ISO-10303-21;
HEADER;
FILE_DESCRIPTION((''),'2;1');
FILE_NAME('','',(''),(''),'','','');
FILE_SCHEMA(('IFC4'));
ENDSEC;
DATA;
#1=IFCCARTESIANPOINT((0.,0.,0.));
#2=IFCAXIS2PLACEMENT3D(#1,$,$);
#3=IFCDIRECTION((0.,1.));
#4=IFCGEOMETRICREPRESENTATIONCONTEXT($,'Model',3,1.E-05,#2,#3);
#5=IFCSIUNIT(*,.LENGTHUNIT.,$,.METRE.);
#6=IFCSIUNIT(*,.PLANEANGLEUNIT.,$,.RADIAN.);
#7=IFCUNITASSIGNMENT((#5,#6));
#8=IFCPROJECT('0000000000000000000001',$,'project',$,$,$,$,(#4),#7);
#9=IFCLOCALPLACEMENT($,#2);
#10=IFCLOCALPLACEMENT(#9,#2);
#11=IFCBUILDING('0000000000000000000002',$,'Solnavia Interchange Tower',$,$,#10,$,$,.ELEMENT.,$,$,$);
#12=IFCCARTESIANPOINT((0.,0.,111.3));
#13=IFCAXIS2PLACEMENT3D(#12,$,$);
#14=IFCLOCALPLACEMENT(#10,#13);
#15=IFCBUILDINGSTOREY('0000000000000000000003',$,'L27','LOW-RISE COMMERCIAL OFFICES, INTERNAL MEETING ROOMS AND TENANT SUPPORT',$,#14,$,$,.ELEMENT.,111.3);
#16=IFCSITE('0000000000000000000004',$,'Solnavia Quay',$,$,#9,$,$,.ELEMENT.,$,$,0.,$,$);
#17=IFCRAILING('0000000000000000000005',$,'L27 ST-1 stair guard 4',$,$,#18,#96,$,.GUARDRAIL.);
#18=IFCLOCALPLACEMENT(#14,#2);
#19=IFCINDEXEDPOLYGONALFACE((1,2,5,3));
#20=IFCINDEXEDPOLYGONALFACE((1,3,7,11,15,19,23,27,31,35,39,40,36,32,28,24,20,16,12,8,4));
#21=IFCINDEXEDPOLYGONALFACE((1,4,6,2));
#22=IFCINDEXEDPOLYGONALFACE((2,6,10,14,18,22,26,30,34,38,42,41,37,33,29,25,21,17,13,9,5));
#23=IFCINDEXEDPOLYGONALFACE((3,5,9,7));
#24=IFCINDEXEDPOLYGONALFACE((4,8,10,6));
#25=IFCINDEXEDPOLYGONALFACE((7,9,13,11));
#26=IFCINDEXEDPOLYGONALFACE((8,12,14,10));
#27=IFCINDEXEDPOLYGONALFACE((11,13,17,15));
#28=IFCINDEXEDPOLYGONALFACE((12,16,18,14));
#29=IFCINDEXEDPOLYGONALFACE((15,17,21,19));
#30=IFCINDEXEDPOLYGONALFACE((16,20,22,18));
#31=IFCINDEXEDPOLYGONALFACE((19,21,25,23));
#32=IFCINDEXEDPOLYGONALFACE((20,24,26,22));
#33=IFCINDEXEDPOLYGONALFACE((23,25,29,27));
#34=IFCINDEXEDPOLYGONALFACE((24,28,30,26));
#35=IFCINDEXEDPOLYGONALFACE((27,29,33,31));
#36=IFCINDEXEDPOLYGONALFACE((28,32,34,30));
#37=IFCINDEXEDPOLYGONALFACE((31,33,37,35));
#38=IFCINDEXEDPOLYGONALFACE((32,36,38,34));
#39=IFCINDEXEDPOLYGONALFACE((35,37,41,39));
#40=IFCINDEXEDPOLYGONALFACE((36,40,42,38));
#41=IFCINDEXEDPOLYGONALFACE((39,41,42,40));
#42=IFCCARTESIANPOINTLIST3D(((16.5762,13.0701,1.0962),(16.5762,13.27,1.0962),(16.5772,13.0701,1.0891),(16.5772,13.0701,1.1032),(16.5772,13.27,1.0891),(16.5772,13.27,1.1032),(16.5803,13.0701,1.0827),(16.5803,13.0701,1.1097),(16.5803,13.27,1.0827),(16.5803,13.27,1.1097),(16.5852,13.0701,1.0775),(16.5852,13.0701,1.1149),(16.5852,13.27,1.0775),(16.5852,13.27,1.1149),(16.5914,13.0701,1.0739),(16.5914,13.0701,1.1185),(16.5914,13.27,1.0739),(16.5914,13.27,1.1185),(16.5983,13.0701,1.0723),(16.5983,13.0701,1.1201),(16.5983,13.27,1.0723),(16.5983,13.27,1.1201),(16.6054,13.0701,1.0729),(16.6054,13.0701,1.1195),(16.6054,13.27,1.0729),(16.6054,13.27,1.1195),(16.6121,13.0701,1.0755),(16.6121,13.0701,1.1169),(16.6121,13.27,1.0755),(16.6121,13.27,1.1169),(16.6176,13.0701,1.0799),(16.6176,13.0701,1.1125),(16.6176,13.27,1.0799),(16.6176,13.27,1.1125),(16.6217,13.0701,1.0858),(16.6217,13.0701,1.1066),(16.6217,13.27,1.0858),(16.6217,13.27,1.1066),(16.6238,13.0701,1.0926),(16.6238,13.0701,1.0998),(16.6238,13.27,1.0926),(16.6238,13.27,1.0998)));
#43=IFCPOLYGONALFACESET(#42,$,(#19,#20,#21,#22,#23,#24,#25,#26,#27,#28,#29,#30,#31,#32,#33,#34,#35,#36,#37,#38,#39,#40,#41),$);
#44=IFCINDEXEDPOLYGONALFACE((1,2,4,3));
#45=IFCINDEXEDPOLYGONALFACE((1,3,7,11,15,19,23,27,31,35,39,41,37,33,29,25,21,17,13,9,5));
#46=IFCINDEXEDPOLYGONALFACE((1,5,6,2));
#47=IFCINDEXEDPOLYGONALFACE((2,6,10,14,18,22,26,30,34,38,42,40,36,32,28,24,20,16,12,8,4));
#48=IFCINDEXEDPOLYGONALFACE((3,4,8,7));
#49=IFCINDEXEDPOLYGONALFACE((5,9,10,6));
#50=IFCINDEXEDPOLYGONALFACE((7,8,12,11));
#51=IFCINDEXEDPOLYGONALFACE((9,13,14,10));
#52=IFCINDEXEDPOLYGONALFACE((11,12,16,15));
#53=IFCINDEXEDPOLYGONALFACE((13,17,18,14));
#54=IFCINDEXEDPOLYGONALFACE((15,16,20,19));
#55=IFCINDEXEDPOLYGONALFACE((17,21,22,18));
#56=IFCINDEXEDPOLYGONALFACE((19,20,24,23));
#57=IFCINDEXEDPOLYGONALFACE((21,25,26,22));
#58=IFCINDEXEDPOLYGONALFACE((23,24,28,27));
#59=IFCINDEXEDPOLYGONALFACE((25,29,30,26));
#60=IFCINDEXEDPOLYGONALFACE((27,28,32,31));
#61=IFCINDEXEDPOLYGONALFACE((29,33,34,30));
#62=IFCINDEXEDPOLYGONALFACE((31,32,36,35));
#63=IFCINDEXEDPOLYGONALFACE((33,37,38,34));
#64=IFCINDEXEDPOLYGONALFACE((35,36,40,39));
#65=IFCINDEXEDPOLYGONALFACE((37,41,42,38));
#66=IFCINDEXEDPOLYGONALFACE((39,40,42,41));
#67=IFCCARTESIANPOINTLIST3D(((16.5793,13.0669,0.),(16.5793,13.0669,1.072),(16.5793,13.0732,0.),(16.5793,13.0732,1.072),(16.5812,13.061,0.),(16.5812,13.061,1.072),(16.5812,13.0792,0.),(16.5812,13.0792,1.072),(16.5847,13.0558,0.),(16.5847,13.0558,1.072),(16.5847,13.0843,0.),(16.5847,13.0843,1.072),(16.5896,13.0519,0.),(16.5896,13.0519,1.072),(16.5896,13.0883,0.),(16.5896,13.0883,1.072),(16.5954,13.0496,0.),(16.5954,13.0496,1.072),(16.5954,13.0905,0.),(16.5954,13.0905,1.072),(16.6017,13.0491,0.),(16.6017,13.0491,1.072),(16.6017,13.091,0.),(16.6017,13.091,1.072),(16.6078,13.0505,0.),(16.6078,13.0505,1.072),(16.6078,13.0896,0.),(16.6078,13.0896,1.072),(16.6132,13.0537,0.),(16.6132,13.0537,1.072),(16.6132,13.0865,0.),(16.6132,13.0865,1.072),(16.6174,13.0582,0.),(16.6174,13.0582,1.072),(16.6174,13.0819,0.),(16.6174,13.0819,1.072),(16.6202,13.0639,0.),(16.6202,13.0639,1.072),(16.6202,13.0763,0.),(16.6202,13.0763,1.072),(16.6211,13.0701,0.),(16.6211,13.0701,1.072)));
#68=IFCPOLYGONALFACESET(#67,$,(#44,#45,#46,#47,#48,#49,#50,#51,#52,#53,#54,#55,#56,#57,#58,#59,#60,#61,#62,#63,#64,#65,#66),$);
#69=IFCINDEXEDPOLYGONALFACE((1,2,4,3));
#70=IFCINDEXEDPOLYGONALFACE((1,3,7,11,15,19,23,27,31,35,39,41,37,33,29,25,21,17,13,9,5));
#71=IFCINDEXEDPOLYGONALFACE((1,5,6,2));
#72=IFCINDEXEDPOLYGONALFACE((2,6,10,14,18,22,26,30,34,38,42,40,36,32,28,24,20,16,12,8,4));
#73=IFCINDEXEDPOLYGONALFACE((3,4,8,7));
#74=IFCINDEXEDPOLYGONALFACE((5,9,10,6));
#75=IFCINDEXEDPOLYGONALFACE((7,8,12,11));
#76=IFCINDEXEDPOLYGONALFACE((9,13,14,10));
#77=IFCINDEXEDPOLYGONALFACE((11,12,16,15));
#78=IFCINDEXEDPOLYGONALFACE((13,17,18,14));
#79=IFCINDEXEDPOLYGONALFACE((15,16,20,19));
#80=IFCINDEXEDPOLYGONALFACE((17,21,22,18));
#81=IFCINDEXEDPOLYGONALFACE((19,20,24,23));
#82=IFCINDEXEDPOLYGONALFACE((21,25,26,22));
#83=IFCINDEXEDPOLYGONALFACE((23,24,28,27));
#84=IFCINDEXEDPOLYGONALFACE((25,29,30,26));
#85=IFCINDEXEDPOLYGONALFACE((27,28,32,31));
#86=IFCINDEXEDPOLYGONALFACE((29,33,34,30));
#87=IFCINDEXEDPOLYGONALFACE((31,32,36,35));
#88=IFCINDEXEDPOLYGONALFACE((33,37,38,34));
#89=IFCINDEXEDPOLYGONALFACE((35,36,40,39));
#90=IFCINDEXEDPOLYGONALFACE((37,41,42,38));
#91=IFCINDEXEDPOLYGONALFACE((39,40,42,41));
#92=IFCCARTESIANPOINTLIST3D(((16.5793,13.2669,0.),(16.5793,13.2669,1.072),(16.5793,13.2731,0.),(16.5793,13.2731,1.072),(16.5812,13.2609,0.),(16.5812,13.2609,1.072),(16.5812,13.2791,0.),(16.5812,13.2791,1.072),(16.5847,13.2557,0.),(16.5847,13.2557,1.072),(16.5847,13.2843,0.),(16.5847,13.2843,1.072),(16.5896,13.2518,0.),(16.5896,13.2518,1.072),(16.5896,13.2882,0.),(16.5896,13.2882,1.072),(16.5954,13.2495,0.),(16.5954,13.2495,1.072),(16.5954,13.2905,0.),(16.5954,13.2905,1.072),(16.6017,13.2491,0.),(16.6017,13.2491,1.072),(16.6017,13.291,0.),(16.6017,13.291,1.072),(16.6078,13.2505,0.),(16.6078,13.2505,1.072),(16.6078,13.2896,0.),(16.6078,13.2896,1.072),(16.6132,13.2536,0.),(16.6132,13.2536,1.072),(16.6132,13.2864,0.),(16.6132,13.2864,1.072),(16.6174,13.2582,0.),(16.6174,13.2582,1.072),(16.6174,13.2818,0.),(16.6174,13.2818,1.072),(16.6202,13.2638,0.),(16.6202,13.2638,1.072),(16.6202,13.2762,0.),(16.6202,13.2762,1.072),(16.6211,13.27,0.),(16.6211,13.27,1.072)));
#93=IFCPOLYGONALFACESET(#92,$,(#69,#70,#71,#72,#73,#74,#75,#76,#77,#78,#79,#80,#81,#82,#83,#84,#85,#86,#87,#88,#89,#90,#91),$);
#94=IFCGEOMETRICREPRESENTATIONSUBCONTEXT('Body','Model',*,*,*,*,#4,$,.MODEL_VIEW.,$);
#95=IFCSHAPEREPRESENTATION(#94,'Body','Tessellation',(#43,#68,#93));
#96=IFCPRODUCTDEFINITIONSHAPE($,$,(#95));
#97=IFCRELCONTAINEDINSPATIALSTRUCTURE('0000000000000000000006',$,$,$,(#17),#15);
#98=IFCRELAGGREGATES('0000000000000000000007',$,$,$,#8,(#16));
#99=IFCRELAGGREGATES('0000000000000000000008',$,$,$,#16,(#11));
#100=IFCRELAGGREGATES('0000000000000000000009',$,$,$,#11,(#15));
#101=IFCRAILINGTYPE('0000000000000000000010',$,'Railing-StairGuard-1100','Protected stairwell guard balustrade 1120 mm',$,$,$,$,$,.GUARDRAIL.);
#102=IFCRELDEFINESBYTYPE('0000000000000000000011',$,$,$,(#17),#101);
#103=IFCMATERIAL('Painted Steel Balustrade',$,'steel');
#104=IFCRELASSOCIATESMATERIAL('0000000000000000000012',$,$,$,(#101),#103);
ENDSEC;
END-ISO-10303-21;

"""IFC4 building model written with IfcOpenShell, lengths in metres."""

from ifc_helpers import new_model, si_unit, direction, frame, origin, origin_2d, place, context, subcontext, project, spatial, circle, extrude, material, type_object, element, save


model = new_model("IFC4")

# Units and contexts
model_context = context("Model", 3, precision=1e-05, world=origin(), true_north=direction((0.0, 1.0)))
body_context = subcontext(model_context, "Body", "Model", "MODEL_VIEW")
ifc_project = project(units=[si_unit("LENGTHUNIT", "METRE"), si_unit("PLANEANGLEUNIT", "RADIAN")], contexts=[model_context])

# Site, building, storey
site_placement = place(None, origin())
site = spatial("IfcSite", under=ifc_project, at=site_placement, Name="Solnavia Quay", CompositionType="ELEMENT", RefElevation=0.0)
building_placement = place(site_placement, origin())
building = spatial("IfcBuilding", under=site, at=building_placement, Name="Solnavia Interchange Tower", CompositionType="ELEMENT")
storey_placement = place(building_placement, frame((0.0, 0.0, 111.3)))
storey = spatial("IfcBuildingStorey", under=building, at=storey_placement, Name="L27", Description="LOW-RISE COMMERCIAL OFFICES, INTERNAL MEETING ROOMS AND TENANT SUPPORT", CompositionType="ELEMENT", Elevation=111.3)

# Railing
ifc_material_1 = material(Name="Painted Steel Balustrade", Category="steel")
railing_type_1 = type_object("IfcRailingType", Name="Railing-StairGuard-1100", Description="Protected stairwell guard balustrade 1120 mm", PredefinedType="GUARDRAIL", material=ifc_material_1)
railing_1_placement = place(storey_placement, frame((16.6001, 13.0701, 0.0)))
element("IfcRailing", 1, at=railing_1_placement, inside=storey, type_object=railing_type_1, Name="L27 ST-1 stair guard 4", PredefinedType="GUARDRAIL", context=body_context, shape_type="SweptSolid", body=[
    extrude(circle(Radius=0.0239, at=origin_2d()), frame((0.0, 0.0, 1.0962), z_axis=(0.0, 1.0, 0.0), x_axis=(-1.0, 0.0, 0.0)), (0.0, 0.0, 1.0), 0.2),
    extrude(circle(Radius=0.021, at=origin_2d()), origin(), (0.0, 0.0, 1.0), 1.072),
    extrude(circle(Radius=0.021, at=origin_2d()), frame((0.0, 0.2, 0.0)), (0.0, 0.0, 1.0), 1.072),
])

save(model, "model.ifc")
